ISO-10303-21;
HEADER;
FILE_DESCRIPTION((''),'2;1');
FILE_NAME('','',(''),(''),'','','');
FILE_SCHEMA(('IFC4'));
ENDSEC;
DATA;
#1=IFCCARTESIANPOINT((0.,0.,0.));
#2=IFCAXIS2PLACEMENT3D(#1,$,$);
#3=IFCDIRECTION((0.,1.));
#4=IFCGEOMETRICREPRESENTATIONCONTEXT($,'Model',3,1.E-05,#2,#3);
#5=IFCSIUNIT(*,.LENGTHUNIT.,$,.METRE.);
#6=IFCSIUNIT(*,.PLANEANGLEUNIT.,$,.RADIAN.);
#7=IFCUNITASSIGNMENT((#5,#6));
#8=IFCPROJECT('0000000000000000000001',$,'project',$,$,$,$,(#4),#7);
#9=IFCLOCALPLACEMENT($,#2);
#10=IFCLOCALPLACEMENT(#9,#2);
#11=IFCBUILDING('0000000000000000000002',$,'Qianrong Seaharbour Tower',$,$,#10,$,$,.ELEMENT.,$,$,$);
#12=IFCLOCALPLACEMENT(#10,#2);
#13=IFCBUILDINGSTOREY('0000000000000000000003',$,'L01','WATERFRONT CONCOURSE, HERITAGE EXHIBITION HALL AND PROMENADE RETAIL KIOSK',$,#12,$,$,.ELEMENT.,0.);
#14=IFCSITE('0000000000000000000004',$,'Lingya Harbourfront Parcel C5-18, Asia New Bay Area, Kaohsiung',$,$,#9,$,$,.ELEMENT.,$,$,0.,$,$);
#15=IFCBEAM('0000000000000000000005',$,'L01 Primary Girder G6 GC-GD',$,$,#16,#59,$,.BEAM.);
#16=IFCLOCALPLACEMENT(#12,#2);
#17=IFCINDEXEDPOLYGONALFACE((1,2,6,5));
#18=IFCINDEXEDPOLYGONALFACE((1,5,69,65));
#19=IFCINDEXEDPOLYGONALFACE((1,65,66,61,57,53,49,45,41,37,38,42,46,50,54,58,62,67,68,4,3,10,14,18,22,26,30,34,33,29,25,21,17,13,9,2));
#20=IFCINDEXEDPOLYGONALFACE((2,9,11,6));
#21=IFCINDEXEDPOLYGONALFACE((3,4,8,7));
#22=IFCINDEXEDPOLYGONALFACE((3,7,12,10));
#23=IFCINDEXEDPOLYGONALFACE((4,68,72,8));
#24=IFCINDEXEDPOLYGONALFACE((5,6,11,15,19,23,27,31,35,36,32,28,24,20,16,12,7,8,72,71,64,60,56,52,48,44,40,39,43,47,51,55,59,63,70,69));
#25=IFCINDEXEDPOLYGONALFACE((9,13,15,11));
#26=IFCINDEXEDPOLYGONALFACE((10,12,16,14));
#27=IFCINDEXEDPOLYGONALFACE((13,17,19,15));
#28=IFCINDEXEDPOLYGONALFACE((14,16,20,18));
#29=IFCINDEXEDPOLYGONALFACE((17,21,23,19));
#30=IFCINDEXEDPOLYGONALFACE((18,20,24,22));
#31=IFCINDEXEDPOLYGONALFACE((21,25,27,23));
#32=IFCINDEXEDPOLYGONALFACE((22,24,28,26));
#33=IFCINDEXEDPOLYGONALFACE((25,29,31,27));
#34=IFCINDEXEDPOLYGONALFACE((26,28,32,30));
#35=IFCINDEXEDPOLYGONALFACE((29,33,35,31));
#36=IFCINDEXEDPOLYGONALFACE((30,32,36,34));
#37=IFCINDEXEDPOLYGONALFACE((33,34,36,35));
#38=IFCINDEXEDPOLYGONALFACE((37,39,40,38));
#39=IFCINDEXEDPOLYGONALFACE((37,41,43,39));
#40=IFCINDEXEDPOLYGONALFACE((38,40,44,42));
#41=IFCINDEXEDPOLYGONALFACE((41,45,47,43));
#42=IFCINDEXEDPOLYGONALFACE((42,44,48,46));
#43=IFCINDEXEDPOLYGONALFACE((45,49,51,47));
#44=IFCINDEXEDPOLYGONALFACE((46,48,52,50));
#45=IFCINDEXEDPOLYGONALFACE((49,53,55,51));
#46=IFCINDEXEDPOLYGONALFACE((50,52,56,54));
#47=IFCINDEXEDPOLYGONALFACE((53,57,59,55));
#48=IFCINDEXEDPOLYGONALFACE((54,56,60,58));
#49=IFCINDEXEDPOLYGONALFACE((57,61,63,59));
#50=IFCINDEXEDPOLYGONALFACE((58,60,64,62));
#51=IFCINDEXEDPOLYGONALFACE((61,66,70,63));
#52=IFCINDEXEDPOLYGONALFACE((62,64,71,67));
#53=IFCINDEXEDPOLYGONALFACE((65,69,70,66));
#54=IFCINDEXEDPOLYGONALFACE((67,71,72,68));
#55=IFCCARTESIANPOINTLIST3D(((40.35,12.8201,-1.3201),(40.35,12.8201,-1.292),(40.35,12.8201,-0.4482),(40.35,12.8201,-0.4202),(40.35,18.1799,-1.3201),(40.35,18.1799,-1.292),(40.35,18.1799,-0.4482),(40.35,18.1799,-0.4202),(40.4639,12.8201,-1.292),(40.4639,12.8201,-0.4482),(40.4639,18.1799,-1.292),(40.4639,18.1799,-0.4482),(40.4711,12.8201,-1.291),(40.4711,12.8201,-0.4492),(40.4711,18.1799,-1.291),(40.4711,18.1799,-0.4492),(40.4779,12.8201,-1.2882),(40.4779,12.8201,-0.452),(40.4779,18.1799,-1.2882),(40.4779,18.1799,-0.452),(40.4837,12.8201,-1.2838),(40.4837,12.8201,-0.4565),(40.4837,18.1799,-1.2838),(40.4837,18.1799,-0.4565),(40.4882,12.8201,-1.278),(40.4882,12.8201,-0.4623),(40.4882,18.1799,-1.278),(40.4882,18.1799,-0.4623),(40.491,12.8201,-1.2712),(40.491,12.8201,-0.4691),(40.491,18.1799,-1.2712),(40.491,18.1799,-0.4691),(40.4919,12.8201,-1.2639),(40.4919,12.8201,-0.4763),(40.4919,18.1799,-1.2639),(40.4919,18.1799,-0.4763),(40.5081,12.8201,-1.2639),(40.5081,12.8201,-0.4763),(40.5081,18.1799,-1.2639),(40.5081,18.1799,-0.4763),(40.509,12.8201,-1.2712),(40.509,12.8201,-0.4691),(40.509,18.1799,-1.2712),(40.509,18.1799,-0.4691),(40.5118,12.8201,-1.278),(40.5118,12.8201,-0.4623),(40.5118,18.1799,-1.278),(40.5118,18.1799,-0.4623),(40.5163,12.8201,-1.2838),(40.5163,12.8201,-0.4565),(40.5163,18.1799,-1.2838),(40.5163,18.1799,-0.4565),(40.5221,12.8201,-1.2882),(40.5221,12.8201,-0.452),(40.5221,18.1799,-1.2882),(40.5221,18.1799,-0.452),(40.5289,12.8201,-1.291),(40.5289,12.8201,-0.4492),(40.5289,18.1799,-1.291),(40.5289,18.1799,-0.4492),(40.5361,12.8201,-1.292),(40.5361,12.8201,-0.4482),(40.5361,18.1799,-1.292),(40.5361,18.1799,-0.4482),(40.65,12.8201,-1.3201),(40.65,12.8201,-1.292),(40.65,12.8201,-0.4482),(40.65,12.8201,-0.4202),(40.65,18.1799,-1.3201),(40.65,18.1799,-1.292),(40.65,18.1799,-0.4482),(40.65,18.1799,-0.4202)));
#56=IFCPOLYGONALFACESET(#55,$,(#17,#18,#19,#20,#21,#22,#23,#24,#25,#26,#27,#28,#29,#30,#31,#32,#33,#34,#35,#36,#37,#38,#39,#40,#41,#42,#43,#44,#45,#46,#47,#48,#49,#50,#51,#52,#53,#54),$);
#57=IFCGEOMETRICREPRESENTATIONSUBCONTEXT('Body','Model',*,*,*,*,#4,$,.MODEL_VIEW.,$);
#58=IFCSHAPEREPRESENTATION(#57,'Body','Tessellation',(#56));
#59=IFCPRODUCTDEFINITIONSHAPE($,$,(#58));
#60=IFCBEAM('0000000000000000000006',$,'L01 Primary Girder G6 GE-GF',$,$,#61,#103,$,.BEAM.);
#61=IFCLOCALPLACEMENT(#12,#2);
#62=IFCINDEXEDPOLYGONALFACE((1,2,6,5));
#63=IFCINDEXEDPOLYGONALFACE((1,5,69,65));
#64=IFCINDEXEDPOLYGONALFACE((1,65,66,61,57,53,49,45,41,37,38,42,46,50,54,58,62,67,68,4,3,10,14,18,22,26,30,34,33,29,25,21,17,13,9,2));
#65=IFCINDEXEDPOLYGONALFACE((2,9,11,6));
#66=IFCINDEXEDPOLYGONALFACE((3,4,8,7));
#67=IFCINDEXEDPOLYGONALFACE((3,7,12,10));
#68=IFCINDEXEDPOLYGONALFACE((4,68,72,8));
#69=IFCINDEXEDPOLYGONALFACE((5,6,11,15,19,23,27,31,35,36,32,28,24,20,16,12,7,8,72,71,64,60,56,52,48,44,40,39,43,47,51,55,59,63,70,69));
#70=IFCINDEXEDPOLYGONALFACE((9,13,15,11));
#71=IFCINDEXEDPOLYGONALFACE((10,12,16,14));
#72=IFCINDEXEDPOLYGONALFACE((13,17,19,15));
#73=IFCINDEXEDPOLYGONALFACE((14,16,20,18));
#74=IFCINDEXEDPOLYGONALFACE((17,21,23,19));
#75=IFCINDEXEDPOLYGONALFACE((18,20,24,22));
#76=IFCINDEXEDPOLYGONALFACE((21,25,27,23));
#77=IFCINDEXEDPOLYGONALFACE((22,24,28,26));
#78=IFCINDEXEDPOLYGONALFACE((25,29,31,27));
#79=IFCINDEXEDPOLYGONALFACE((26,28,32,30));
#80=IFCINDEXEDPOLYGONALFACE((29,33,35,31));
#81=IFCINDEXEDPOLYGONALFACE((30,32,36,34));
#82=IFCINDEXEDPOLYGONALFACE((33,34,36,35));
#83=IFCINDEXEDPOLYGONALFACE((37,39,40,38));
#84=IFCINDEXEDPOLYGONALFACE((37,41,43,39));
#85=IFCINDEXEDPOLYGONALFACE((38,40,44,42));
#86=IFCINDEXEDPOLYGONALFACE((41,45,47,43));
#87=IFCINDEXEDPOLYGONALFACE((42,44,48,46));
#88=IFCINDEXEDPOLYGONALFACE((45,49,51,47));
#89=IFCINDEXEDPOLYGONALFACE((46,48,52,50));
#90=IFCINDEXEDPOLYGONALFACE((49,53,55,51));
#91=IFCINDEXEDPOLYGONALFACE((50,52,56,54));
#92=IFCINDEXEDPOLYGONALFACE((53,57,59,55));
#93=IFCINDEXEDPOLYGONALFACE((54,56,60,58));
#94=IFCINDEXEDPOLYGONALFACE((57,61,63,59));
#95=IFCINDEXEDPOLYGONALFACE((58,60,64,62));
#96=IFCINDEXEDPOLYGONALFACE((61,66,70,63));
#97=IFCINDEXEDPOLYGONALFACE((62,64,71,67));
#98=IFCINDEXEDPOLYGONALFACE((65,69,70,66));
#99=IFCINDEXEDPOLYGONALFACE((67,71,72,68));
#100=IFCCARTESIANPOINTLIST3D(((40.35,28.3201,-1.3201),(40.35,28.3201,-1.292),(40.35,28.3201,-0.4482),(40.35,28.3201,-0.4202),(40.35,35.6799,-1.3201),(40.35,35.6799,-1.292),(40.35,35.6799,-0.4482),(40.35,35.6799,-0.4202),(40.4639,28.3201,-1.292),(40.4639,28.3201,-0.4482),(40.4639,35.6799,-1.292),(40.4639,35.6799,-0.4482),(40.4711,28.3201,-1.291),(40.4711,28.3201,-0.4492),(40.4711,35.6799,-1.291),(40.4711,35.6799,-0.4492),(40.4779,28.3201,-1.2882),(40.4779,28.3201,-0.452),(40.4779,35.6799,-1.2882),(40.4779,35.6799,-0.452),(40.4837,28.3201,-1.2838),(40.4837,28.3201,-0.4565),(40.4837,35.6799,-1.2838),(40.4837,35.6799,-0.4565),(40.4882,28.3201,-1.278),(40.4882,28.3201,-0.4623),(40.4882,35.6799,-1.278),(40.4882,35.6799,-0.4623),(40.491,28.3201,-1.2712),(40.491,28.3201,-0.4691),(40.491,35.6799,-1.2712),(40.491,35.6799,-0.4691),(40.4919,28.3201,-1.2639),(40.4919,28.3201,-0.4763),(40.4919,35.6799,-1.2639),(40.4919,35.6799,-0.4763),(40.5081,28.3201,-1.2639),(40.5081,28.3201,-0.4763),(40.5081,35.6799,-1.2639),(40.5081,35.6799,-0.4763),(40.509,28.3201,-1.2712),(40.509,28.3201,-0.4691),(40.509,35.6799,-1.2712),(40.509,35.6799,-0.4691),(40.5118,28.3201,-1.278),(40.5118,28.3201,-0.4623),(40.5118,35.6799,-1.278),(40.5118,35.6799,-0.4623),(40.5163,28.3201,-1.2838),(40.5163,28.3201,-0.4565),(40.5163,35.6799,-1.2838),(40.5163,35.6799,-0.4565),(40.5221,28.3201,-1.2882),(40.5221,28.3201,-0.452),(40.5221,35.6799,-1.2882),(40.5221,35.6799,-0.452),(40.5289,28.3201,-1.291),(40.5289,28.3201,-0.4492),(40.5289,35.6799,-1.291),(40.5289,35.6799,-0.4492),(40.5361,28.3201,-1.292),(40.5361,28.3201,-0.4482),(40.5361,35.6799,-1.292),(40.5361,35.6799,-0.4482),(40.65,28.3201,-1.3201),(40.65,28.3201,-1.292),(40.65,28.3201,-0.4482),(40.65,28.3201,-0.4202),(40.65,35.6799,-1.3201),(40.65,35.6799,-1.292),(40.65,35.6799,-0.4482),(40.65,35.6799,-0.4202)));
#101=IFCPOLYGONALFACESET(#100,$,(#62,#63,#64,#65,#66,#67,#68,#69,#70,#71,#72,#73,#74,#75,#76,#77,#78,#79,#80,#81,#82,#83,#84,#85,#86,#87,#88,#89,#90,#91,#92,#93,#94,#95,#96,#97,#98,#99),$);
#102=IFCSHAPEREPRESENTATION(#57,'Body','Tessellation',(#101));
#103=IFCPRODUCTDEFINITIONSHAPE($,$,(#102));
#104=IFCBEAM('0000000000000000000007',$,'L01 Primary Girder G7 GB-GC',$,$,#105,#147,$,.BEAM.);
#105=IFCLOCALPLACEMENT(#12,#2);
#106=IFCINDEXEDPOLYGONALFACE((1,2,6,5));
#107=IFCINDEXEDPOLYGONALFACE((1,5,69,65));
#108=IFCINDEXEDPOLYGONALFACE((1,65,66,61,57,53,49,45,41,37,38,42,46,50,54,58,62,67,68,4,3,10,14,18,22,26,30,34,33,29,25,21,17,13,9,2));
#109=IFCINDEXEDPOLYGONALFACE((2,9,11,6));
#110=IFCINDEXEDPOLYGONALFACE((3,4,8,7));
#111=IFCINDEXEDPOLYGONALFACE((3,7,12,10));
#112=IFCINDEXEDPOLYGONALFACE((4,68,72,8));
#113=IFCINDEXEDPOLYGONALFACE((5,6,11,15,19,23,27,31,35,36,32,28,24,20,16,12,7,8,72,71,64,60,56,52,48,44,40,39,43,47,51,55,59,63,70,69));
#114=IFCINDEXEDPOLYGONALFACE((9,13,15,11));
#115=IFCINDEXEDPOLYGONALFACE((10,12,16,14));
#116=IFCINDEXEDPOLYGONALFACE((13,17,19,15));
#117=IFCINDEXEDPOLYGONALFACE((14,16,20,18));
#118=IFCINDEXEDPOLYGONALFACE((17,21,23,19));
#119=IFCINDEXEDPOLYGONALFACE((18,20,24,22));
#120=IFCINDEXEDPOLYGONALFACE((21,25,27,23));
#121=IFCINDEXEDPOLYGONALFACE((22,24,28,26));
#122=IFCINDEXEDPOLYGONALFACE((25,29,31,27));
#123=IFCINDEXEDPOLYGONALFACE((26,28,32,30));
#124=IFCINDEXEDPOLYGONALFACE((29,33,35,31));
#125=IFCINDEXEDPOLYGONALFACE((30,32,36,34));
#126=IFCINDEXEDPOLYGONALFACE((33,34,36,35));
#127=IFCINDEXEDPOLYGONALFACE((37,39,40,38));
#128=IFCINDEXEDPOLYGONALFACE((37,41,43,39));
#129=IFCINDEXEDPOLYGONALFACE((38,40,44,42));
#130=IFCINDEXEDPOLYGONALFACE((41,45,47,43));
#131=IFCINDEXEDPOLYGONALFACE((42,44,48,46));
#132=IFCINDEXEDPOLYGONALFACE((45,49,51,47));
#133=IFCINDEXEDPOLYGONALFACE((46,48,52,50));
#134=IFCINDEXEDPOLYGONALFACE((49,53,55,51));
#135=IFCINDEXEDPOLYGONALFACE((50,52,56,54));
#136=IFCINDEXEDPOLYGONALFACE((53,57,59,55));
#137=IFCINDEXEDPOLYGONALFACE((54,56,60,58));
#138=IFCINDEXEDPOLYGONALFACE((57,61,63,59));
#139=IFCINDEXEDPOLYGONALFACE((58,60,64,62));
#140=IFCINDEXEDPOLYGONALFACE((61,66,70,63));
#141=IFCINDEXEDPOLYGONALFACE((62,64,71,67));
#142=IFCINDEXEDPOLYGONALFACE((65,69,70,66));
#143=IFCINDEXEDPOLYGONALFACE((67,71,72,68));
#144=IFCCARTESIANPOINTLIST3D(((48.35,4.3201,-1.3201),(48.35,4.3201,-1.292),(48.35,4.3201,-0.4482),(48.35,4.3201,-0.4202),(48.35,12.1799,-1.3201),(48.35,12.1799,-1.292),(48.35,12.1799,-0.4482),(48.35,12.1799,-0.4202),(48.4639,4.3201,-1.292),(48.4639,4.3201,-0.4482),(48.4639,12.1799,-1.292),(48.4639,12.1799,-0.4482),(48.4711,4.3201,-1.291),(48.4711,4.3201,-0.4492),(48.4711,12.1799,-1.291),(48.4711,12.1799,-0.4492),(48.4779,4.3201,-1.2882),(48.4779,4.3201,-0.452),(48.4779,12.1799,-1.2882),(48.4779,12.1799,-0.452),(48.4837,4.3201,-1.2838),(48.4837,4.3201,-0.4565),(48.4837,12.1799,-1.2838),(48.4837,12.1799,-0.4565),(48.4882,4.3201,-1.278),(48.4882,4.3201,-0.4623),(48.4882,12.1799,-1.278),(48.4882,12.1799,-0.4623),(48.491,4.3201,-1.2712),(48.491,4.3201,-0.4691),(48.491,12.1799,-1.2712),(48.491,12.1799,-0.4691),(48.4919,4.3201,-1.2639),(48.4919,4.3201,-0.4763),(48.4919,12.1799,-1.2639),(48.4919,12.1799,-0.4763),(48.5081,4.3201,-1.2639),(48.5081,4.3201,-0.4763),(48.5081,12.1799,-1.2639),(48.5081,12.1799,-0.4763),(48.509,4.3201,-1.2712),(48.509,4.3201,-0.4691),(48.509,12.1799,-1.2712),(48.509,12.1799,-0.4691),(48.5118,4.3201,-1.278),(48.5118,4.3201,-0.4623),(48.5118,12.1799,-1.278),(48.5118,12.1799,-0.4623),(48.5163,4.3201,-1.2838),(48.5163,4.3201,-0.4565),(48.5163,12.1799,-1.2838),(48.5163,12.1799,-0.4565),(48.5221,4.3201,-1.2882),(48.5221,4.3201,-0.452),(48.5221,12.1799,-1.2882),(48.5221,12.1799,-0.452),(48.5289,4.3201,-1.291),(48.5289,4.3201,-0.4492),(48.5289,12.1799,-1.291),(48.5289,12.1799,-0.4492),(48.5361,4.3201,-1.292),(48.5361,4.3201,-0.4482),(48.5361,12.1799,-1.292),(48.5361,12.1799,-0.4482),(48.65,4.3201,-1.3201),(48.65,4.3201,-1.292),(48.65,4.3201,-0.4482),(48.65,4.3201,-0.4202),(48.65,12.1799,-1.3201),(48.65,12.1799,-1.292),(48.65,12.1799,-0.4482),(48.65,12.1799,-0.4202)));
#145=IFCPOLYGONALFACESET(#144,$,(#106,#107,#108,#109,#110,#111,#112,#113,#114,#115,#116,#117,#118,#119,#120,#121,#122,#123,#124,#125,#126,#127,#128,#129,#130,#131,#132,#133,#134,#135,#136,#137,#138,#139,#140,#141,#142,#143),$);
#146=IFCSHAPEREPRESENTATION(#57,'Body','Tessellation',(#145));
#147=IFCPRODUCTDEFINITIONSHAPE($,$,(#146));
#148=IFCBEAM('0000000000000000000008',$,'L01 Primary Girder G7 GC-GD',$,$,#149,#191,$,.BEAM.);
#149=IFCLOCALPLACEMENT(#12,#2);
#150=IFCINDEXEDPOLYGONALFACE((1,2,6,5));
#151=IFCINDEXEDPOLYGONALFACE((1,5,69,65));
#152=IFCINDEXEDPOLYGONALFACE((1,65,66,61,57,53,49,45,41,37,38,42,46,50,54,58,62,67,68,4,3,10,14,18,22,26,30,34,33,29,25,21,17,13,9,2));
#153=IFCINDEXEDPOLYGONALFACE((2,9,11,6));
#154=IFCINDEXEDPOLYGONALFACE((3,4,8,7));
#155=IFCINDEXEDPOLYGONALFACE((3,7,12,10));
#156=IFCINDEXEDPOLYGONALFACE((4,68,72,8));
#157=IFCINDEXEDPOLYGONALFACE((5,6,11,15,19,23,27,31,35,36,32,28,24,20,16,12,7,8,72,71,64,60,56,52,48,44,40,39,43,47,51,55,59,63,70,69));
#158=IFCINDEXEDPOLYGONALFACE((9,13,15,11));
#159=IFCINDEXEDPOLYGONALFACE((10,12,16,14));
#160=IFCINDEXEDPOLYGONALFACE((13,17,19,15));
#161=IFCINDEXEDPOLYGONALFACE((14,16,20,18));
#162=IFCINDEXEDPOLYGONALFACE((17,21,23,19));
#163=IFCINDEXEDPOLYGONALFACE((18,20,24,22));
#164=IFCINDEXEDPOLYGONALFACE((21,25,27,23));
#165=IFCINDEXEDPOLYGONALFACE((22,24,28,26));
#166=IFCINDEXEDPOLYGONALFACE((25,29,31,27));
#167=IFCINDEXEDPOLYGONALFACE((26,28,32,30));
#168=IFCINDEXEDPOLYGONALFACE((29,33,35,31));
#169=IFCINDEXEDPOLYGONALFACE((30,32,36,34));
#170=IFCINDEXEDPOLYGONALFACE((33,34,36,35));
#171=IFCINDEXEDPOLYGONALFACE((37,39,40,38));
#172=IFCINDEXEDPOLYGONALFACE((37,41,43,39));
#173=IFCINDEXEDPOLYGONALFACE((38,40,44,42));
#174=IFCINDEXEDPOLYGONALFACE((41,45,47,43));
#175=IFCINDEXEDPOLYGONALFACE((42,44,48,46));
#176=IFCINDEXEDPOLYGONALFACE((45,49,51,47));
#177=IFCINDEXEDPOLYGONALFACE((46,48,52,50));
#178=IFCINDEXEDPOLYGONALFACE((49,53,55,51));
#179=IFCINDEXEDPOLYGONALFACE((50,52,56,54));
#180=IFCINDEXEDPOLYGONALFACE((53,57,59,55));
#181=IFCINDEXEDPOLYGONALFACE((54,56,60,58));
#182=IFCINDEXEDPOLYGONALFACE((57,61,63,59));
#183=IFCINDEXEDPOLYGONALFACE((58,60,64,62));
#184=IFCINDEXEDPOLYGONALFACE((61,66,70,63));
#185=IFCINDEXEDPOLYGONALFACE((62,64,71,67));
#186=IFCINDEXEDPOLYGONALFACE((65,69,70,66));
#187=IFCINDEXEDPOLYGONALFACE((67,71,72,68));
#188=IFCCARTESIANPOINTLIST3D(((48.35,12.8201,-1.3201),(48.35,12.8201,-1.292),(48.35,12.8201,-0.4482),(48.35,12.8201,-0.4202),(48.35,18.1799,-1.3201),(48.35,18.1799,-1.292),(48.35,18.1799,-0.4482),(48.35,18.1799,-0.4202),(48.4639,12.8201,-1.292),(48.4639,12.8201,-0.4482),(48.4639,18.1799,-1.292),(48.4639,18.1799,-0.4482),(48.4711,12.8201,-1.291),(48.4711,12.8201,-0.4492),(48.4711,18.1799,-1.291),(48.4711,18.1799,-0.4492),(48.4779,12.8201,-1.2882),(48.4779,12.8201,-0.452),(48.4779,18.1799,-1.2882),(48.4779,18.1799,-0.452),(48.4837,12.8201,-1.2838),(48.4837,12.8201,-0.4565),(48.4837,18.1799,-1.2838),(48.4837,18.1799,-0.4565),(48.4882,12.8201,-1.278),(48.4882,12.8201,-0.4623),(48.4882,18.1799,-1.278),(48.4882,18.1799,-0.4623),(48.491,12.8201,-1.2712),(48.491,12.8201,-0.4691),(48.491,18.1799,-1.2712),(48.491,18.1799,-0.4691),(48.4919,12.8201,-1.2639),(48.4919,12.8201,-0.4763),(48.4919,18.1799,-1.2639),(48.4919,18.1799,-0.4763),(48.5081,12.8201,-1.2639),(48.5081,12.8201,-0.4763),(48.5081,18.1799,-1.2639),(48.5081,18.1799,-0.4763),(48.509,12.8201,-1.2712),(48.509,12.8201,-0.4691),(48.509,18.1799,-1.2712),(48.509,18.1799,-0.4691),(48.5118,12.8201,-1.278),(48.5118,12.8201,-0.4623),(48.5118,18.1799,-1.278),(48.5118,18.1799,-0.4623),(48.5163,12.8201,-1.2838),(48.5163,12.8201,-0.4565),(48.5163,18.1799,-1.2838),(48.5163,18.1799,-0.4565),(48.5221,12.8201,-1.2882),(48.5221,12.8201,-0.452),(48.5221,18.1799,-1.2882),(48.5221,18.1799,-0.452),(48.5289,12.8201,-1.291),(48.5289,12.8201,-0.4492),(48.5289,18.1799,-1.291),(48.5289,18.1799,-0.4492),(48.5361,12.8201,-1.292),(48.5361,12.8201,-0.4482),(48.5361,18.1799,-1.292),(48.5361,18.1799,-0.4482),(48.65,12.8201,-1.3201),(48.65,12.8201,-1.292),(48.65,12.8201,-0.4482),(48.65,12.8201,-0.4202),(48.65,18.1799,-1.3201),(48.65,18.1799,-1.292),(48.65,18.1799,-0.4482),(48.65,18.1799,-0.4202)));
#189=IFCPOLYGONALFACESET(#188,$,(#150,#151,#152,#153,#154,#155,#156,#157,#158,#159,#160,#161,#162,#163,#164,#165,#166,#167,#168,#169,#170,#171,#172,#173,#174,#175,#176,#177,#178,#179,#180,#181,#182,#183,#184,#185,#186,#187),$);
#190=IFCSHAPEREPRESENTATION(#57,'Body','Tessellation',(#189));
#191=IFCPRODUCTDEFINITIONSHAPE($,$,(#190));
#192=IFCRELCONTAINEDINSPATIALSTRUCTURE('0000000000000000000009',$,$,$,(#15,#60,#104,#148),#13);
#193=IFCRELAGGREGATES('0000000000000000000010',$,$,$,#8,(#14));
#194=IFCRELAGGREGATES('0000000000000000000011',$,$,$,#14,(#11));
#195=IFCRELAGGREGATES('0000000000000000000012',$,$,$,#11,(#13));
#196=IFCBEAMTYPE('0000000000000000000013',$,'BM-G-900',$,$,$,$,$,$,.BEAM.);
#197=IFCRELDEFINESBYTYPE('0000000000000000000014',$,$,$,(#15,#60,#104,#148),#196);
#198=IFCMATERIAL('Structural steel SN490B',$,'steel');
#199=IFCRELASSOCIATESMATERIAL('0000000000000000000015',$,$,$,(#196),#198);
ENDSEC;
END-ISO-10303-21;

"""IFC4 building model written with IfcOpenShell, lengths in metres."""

from ifc_helpers import new_model, si_unit, direction, frame, origin, origin_2d, place, context, subcontext, project, spatial, i_section, extrude, material, material_profile, profile_set, type_object, element, save


model = new_model("IFC4")

# Units and contexts
model_context = context("Model", 3, precision=1e-05, world=origin(), true_north=direction((0.0, 1.0)))
body_context = subcontext(model_context, "Body", "Model", "MODEL_VIEW")
ifc_project = project(units=[si_unit("LENGTHUNIT", "METRE"), si_unit("PLANEANGLEUNIT", "RADIAN")], contexts=[model_context])

# Site, building, storey
site_placement = place(None, origin())
site = spatial("IfcSite", under=ifc_project, at=site_placement, Name="Lingya Harbourfront Parcel C5-18, Asia New Bay Area, Kaohsiung", CompositionType="ELEMENT", RefElevation=0.0)
building_placement = place(site_placement, origin())
building = spatial("IfcBuilding", under=site, at=building_placement, Name="Qianrong Seaharbour Tower", CompositionType="ELEMENT")
storey_placement = place(building_placement, origin())
storey = spatial("IfcBuildingStorey", under=building, at=storey_placement, Name="L01", Description="WATERFRONT CONCOURSE, HERITAGE EXHIBITION HALL AND PROMENADE RETAIL KIOSK", CompositionType="ELEMENT", Elevation=0.0)

# Shared definitions
ifc_material_1 = material(Name="Structural steel SN490B", Category="steel")

# Beams
ifc_material_profile_1 = material_profile(ifc_material_1, i_section(OverallWidth=0.3, OverallDepth=0.8999, WebThickness=0.0161, FlangeThickness=0.0281, FilletRadius=0.0281, at=origin_2d()), Name="H900x300x16x28")
ifc_profile_set_1 = profile_set([ifc_material_profile_1], Name="Structural steel SN490B")
beam_type_1 = type_object("IfcBeamType", Name="BM-G-900", PredefinedType="BEAM", material=ifc_profile_set_1)
beam_1_placement = place(storey_placement, frame((40.5, 12.8201, -0.8701), z_axis=(0.0, 1.0, 0.0), x_axis=(-1.0, 0.0, 0.0)))
element("IfcBeam", 1, at=beam_1_placement, inside=storey, type_object=beam_type_1, Name="L01 Primary Girder G6 GC-GD", PredefinedType="BEAM", context=body_context, shape_type="SweptSolid", body=[
    extrude(i_section(OverallWidth=0.3, OverallDepth=0.8999, WebThickness=0.0161, FlangeThickness=0.0281, FilletRadius=0.0281, at=origin_2d()), origin(), (0.0, 0.0, 1.0), 5.3599),
])
beam_2_placement = place(storey_placement, frame((40.5, 28.3201, -0.8701), z_axis=(0.0, 1.0, 0.0), x_axis=(-1.0, 0.0, 0.0)))
element("IfcBeam", 2, at=beam_2_placement, inside=storey, type_object=beam_type_1, Name="L01 Primary Girder G6 GE-GF", PredefinedType="BEAM", context=body_context, shape_type="SweptSolid", body=[
    extrude(i_section(OverallWidth=0.3, OverallDepth=0.8999, WebThickness=0.0161, FlangeThickness=0.0281, FilletRadius=0.0281, at=origin_2d()), origin(), (0.0, 0.0, 1.0), 7.3599),
])
beam_3_placement = place(storey_placement, frame((48.5, 4.3201, -0.8701), z_axis=(0.0, 1.0, 0.0), x_axis=(-1.0, 0.0, 0.0)))
element("IfcBeam", 3, at=beam_3_placement, inside=storey, type_object=beam_type_1, Name="L01 Primary Girder G7 GB-GC", PredefinedType="BEAM", context=body_context, shape_type="SweptSolid", body=[
    extrude(i_section(OverallWidth=0.3, OverallDepth=0.8999, WebThickness=0.0161, FlangeThickness=0.0281, FilletRadius=0.0281, at=origin_2d()), origin(), (0.0, 0.0, 1.0), 7.8599),
])
beam_4_placement = place(storey_placement, frame((48.5, 12.8201, -0.8701), z_axis=(0.0, 1.0, 0.0), x_axis=(-1.0, 0.0, 0.0)))
element("IfcBeam", 4, at=beam_4_placement, inside=storey, type_object=beam_type_1, Name="L01 Primary Girder G7 GC-GD", PredefinedType="BEAM", context=body_context, shape_type="SweptSolid", body=[
    extrude(i_section(OverallWidth=0.3, OverallDepth=0.8999, WebThickness=0.0161, FlangeThickness=0.0281, FilletRadius=0.0281, at=origin_2d()), origin(), (0.0, 0.0, 1.0), 5.3599),
])

save(model, "model.ifc")
